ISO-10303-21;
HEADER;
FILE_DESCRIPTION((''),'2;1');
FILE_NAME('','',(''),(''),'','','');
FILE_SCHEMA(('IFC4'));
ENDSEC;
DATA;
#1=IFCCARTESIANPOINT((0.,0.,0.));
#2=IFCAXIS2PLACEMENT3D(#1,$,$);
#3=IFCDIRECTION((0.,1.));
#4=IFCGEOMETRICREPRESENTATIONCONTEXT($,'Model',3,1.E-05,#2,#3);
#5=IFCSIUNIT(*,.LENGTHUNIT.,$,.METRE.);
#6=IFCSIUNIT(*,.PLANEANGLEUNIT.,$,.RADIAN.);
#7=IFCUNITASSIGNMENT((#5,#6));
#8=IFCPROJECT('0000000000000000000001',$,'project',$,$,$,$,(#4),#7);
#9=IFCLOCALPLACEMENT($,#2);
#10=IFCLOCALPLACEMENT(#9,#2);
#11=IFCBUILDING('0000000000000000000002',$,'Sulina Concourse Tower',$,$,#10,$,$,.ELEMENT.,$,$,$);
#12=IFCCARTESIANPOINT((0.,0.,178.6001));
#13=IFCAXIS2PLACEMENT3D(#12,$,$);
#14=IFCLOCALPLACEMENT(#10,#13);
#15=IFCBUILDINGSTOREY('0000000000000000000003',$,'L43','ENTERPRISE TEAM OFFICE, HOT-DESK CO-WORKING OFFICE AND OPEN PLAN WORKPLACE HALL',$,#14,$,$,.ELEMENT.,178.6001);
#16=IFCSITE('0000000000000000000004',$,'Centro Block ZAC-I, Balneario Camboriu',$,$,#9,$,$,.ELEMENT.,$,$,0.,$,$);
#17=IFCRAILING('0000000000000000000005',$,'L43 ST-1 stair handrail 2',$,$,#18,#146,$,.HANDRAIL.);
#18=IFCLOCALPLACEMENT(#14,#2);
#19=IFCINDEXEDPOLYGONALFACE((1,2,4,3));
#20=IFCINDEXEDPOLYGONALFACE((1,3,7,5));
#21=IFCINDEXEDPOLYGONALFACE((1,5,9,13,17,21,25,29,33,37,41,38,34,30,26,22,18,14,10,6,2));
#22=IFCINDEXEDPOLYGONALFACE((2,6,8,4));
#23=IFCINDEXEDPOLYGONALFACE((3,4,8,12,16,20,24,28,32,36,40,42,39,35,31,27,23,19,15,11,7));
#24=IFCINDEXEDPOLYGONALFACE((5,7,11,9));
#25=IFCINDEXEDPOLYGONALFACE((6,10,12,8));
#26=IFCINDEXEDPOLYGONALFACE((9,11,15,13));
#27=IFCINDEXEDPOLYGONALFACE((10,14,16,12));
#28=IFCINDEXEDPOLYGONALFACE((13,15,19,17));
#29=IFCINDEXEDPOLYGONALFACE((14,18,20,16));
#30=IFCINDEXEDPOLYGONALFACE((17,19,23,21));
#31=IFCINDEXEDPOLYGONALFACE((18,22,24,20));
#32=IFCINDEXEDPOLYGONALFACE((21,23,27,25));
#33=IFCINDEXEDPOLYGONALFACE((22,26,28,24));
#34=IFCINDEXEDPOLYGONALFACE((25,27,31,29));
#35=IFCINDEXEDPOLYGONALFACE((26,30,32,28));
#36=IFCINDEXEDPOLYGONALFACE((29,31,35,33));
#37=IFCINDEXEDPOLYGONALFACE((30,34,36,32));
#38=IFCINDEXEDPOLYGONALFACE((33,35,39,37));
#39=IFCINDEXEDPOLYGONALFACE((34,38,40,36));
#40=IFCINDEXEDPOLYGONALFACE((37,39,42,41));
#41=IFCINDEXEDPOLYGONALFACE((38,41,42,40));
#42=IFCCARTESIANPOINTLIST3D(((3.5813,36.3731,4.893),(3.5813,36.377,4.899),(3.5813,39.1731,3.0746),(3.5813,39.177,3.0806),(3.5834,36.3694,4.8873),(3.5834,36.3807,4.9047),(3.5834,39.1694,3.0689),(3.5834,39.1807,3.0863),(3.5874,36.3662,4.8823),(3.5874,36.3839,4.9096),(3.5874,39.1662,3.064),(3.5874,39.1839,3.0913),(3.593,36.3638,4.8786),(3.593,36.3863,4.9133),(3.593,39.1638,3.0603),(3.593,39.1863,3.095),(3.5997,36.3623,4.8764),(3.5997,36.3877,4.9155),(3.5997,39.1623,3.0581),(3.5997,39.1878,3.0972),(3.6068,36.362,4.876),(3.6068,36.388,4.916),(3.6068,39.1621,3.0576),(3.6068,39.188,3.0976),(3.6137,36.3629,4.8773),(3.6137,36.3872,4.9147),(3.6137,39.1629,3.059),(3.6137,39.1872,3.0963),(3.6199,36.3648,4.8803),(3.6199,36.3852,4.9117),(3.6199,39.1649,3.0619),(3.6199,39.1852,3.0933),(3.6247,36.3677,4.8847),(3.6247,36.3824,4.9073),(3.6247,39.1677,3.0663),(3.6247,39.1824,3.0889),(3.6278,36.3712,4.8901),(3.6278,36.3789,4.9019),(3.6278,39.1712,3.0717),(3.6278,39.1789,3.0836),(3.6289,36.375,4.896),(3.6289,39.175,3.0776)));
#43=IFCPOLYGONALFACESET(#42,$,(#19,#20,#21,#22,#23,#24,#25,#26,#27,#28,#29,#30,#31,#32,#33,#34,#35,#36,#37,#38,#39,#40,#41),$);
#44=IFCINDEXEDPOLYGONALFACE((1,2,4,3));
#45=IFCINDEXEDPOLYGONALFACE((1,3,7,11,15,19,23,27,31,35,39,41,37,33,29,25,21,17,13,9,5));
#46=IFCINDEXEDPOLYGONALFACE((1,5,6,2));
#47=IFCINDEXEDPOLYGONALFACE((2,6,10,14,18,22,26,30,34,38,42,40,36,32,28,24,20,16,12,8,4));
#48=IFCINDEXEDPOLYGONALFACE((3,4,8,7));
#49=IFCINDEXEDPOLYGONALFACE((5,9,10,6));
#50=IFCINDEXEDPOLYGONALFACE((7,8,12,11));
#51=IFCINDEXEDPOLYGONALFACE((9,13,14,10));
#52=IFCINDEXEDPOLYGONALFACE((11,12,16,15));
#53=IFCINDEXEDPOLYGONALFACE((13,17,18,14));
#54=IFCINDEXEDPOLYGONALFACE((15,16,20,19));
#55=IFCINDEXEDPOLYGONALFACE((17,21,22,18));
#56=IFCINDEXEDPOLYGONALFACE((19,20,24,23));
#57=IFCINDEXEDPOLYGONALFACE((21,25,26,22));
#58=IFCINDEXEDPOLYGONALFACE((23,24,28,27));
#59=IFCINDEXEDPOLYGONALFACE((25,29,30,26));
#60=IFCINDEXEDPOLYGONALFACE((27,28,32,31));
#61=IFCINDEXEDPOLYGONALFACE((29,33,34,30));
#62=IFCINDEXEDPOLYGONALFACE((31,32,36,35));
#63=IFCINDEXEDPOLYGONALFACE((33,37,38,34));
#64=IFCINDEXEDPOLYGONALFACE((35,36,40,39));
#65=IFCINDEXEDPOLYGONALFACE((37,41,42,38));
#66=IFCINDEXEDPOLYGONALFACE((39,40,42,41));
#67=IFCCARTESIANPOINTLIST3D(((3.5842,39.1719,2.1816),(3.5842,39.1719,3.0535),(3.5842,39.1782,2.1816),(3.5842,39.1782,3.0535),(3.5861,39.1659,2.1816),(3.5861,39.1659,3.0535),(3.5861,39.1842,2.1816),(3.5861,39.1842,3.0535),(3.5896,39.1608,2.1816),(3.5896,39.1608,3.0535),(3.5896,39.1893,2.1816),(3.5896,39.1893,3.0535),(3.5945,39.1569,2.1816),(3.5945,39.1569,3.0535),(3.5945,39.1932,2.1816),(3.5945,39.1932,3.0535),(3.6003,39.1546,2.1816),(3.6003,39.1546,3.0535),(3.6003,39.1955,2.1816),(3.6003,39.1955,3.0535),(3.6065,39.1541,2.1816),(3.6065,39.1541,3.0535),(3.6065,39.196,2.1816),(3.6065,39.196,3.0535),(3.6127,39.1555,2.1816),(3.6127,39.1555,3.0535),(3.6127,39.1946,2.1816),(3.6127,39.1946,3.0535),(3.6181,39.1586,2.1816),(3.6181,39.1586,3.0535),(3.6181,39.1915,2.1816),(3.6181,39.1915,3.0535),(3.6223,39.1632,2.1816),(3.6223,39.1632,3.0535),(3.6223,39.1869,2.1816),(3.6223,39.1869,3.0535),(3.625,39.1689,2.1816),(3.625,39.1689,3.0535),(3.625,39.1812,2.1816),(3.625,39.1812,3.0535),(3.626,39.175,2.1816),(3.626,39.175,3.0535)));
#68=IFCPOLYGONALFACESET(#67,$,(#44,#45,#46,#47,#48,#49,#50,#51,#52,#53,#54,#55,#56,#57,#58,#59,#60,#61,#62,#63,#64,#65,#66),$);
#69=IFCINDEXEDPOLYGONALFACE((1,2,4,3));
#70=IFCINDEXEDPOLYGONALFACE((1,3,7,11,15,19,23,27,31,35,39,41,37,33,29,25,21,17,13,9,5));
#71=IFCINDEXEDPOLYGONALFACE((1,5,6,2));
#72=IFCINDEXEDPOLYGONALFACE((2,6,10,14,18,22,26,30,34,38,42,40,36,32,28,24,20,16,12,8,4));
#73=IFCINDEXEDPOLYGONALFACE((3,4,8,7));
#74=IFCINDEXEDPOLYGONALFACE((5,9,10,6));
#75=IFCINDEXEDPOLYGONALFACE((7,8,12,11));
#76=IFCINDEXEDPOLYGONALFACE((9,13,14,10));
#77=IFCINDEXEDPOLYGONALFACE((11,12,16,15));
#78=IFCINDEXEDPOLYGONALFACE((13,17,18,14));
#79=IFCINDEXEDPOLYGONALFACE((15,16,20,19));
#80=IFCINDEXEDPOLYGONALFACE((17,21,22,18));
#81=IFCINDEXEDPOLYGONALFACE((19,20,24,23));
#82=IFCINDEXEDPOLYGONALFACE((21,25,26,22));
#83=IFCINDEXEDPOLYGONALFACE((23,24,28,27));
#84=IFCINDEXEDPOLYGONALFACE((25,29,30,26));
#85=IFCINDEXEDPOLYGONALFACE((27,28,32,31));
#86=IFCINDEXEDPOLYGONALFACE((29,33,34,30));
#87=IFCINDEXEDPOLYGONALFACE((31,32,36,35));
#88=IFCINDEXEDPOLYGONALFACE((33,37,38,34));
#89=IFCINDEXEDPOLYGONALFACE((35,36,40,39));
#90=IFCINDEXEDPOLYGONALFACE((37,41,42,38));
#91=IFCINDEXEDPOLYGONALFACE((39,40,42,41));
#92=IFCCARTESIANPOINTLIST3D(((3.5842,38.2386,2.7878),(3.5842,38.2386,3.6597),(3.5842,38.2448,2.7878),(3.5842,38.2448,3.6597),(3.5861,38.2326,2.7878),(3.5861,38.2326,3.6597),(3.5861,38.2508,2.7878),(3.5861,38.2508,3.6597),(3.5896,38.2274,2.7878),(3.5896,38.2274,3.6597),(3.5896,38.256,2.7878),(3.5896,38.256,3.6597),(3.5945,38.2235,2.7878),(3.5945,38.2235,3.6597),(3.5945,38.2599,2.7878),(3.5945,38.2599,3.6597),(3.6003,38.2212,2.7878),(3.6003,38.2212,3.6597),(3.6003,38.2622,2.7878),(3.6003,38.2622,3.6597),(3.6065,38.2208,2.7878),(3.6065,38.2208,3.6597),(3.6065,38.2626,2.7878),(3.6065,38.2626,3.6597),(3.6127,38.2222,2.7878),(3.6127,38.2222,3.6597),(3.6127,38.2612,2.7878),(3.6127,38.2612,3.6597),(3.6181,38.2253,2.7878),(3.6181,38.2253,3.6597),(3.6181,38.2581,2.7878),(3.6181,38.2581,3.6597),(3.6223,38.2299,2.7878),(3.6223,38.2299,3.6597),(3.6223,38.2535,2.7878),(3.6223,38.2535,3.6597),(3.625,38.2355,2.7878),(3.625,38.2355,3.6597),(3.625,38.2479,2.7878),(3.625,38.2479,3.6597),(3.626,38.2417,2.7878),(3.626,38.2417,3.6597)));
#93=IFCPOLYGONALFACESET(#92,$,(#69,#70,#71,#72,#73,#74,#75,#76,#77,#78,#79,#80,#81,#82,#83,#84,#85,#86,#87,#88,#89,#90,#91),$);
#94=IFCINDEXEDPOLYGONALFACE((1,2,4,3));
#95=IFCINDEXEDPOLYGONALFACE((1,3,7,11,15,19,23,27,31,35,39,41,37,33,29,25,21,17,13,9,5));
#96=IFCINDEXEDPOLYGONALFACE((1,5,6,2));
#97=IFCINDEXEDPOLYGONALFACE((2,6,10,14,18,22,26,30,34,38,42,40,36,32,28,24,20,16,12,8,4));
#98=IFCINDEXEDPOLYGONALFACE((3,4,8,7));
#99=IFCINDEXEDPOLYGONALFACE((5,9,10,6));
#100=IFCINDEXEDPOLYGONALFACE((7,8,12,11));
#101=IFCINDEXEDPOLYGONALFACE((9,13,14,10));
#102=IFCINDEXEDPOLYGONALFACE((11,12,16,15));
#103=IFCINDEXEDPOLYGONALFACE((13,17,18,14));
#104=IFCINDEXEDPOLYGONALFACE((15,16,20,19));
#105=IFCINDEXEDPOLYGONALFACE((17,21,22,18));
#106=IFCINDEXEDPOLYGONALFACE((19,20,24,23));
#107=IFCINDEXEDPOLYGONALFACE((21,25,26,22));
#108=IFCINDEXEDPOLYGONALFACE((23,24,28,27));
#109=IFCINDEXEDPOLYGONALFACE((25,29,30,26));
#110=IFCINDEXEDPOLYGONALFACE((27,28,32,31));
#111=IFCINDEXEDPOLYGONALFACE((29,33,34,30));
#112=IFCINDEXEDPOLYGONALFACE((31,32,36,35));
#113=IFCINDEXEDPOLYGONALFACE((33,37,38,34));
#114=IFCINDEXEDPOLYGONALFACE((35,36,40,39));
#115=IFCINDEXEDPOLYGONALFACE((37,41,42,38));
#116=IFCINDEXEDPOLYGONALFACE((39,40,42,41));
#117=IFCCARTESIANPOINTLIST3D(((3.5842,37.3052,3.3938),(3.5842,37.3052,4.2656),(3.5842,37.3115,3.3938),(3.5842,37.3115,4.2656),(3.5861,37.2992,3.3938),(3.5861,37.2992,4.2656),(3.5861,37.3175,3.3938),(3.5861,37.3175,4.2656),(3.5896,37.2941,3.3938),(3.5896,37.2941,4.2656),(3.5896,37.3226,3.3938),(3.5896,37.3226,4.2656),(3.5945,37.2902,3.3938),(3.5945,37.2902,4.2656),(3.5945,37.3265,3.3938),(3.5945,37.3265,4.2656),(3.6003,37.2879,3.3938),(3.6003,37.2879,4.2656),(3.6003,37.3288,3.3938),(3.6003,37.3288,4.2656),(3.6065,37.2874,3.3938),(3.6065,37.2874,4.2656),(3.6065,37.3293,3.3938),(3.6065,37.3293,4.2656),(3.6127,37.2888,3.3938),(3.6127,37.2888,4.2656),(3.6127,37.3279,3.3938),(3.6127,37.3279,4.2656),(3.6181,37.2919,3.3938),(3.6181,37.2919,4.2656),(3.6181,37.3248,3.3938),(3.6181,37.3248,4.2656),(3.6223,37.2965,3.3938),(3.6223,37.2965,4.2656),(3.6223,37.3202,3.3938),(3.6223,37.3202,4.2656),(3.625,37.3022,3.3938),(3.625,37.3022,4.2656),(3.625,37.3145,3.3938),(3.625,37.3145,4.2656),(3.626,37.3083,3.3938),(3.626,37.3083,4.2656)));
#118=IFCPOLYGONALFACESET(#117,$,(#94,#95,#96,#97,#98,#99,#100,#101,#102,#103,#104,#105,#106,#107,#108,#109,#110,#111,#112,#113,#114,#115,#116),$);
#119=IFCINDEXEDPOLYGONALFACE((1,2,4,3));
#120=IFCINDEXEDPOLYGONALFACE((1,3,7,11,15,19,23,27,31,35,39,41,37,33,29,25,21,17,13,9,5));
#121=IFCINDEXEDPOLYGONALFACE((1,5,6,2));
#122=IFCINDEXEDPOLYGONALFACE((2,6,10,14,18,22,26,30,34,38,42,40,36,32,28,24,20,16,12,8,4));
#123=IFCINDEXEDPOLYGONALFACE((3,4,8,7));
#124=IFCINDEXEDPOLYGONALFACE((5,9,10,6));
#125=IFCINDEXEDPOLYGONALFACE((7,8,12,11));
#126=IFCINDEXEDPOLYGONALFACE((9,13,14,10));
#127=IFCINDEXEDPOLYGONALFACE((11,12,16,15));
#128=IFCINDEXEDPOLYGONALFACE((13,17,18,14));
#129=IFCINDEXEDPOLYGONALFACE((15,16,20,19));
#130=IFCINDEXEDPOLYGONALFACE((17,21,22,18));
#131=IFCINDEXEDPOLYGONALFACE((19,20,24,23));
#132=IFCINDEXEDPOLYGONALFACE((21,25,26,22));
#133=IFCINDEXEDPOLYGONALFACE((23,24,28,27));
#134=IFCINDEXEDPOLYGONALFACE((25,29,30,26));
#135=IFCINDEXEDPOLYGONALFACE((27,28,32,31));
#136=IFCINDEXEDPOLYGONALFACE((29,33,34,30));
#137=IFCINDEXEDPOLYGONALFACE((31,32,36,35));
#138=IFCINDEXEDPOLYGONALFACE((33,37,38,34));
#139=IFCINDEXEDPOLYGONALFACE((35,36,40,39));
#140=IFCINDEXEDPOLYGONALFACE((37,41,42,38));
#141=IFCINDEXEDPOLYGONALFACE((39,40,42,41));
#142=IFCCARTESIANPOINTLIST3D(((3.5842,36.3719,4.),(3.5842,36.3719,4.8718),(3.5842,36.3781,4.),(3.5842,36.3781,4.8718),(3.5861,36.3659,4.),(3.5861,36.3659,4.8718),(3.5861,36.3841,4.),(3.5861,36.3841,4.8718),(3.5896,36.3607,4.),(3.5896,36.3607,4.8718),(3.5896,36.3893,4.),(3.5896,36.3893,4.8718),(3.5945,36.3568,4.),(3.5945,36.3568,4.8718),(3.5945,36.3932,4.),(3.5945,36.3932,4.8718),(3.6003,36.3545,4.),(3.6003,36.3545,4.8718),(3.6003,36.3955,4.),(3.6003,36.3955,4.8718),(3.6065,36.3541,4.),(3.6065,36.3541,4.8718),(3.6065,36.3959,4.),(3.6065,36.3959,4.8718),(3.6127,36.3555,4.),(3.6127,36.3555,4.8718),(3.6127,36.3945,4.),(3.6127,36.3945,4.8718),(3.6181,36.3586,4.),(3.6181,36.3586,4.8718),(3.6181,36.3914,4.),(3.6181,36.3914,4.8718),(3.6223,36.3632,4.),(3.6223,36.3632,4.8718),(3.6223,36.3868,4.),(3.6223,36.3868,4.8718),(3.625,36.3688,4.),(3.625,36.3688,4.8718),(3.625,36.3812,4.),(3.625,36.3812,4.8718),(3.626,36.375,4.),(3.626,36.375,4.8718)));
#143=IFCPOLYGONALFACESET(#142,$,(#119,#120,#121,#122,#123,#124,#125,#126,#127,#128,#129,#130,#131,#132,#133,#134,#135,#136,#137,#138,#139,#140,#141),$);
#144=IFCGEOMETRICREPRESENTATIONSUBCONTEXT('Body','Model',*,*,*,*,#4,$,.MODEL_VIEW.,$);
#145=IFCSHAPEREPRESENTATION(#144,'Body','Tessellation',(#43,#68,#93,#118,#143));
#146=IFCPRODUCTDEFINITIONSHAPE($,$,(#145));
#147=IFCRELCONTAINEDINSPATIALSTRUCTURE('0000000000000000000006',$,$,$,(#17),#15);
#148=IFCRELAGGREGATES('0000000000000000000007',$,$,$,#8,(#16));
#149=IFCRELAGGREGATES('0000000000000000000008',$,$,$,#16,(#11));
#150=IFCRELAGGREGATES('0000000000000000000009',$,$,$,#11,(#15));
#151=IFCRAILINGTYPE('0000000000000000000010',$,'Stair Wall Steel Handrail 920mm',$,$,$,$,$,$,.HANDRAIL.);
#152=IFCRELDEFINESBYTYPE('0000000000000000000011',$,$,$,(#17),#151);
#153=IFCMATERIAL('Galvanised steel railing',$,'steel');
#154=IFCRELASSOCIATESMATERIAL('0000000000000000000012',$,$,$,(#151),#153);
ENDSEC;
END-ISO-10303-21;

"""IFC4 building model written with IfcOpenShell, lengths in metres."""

from ifc_helpers import new_model, si_unit, direction, frame, origin, origin_2d, place, context, subcontext, project, spatial, circle, extrude, material, type_object, element, save


model = new_model("IFC4")

# Units and contexts
model_context = context("Model", 3, precision=1e-05, world=origin(), true_north=direction((0.0, 1.0)))
body_context = subcontext(model_context, "Body", "Model", "MODEL_VIEW")
ifc_project = project(units=[si_unit("LENGTHUNIT", "METRE"), si_unit("PLANEANGLEUNIT", "RADIAN")], contexts=[model_context])

# Site, building, storey
site_placement = place(None, origin())
site = spatial("IfcSite", under=ifc_project, at=site_placement, Name="Centro Block ZAC-I, Balneario Camboriu", CompositionType="ELEMENT", RefElevation=0.0)
building_placement = place(site_placement, origin())
building = spatial("IfcBuilding", under=site, at=building_placement, Name="Sulina Concourse Tower", CompositionType="ELEMENT")
storey_placement = place(building_placement, frame((0.0, 0.0, 178.6001)))
storey = spatial("IfcBuildingStorey", under=building, at=storey_placement, Name="L43", Description="ENTERPRISE TEAM OFFICE, HOT-DESK CO-WORKING OFFICE AND OPEN PLAN WORKPLACE HALL", CompositionType="ELEMENT", Elevation=178.6001)

# Railing
ifc_material_1 = material(Name="Galvanised steel railing", Category="steel")
railing_type_1 = type_object("IfcRailingType", Name="Stair Wall Steel Handrail 920mm", PredefinedType="HANDRAIL", material=ifc_material_1)
railing_1_placement = place(storey_placement, frame((3.605, 39.175, 2.1816)))
element("IfcRailing", 1, at=railing_1_placement, inside=storey, type_object=railing_type_1, Name="L43 ST-1 stair handrail 2", PredefinedType="HANDRAIL", context=body_context, shape_type="SweptSolid", body=[
    extrude(circle(Radius=0.0239, at=origin_2d()), frame((0.0, 0.0, 0.896), z_axis=(0.0, -0.838672, 0.544636), x_axis=(1.0, 0.0, 0.0)), (0.0, 0.0, 1.0), 3.3386),
    extrude(circle(Radius=0.021, at=origin_2d()), origin(), (0.0, 0.0, 1.0), 0.8718),
    extrude(circle(Radius=0.021, at=origin_2d()), frame((0.0, -0.9333, 0.6062)), (0.0, 0.0, 1.0), 0.8718),
    extrude(circle(Radius=0.021, at=origin_2d()), frame((0.0, -1.8667, 1.2122)), (0.0, 0.0, 1.0), 0.8718),
    extrude(circle(Radius=0.021, at=origin_2d()), frame((0.0, -2.8, 1.8184)), (0.0, 0.0, 1.0), 0.8718),
])

save(model, "model.ifc")
